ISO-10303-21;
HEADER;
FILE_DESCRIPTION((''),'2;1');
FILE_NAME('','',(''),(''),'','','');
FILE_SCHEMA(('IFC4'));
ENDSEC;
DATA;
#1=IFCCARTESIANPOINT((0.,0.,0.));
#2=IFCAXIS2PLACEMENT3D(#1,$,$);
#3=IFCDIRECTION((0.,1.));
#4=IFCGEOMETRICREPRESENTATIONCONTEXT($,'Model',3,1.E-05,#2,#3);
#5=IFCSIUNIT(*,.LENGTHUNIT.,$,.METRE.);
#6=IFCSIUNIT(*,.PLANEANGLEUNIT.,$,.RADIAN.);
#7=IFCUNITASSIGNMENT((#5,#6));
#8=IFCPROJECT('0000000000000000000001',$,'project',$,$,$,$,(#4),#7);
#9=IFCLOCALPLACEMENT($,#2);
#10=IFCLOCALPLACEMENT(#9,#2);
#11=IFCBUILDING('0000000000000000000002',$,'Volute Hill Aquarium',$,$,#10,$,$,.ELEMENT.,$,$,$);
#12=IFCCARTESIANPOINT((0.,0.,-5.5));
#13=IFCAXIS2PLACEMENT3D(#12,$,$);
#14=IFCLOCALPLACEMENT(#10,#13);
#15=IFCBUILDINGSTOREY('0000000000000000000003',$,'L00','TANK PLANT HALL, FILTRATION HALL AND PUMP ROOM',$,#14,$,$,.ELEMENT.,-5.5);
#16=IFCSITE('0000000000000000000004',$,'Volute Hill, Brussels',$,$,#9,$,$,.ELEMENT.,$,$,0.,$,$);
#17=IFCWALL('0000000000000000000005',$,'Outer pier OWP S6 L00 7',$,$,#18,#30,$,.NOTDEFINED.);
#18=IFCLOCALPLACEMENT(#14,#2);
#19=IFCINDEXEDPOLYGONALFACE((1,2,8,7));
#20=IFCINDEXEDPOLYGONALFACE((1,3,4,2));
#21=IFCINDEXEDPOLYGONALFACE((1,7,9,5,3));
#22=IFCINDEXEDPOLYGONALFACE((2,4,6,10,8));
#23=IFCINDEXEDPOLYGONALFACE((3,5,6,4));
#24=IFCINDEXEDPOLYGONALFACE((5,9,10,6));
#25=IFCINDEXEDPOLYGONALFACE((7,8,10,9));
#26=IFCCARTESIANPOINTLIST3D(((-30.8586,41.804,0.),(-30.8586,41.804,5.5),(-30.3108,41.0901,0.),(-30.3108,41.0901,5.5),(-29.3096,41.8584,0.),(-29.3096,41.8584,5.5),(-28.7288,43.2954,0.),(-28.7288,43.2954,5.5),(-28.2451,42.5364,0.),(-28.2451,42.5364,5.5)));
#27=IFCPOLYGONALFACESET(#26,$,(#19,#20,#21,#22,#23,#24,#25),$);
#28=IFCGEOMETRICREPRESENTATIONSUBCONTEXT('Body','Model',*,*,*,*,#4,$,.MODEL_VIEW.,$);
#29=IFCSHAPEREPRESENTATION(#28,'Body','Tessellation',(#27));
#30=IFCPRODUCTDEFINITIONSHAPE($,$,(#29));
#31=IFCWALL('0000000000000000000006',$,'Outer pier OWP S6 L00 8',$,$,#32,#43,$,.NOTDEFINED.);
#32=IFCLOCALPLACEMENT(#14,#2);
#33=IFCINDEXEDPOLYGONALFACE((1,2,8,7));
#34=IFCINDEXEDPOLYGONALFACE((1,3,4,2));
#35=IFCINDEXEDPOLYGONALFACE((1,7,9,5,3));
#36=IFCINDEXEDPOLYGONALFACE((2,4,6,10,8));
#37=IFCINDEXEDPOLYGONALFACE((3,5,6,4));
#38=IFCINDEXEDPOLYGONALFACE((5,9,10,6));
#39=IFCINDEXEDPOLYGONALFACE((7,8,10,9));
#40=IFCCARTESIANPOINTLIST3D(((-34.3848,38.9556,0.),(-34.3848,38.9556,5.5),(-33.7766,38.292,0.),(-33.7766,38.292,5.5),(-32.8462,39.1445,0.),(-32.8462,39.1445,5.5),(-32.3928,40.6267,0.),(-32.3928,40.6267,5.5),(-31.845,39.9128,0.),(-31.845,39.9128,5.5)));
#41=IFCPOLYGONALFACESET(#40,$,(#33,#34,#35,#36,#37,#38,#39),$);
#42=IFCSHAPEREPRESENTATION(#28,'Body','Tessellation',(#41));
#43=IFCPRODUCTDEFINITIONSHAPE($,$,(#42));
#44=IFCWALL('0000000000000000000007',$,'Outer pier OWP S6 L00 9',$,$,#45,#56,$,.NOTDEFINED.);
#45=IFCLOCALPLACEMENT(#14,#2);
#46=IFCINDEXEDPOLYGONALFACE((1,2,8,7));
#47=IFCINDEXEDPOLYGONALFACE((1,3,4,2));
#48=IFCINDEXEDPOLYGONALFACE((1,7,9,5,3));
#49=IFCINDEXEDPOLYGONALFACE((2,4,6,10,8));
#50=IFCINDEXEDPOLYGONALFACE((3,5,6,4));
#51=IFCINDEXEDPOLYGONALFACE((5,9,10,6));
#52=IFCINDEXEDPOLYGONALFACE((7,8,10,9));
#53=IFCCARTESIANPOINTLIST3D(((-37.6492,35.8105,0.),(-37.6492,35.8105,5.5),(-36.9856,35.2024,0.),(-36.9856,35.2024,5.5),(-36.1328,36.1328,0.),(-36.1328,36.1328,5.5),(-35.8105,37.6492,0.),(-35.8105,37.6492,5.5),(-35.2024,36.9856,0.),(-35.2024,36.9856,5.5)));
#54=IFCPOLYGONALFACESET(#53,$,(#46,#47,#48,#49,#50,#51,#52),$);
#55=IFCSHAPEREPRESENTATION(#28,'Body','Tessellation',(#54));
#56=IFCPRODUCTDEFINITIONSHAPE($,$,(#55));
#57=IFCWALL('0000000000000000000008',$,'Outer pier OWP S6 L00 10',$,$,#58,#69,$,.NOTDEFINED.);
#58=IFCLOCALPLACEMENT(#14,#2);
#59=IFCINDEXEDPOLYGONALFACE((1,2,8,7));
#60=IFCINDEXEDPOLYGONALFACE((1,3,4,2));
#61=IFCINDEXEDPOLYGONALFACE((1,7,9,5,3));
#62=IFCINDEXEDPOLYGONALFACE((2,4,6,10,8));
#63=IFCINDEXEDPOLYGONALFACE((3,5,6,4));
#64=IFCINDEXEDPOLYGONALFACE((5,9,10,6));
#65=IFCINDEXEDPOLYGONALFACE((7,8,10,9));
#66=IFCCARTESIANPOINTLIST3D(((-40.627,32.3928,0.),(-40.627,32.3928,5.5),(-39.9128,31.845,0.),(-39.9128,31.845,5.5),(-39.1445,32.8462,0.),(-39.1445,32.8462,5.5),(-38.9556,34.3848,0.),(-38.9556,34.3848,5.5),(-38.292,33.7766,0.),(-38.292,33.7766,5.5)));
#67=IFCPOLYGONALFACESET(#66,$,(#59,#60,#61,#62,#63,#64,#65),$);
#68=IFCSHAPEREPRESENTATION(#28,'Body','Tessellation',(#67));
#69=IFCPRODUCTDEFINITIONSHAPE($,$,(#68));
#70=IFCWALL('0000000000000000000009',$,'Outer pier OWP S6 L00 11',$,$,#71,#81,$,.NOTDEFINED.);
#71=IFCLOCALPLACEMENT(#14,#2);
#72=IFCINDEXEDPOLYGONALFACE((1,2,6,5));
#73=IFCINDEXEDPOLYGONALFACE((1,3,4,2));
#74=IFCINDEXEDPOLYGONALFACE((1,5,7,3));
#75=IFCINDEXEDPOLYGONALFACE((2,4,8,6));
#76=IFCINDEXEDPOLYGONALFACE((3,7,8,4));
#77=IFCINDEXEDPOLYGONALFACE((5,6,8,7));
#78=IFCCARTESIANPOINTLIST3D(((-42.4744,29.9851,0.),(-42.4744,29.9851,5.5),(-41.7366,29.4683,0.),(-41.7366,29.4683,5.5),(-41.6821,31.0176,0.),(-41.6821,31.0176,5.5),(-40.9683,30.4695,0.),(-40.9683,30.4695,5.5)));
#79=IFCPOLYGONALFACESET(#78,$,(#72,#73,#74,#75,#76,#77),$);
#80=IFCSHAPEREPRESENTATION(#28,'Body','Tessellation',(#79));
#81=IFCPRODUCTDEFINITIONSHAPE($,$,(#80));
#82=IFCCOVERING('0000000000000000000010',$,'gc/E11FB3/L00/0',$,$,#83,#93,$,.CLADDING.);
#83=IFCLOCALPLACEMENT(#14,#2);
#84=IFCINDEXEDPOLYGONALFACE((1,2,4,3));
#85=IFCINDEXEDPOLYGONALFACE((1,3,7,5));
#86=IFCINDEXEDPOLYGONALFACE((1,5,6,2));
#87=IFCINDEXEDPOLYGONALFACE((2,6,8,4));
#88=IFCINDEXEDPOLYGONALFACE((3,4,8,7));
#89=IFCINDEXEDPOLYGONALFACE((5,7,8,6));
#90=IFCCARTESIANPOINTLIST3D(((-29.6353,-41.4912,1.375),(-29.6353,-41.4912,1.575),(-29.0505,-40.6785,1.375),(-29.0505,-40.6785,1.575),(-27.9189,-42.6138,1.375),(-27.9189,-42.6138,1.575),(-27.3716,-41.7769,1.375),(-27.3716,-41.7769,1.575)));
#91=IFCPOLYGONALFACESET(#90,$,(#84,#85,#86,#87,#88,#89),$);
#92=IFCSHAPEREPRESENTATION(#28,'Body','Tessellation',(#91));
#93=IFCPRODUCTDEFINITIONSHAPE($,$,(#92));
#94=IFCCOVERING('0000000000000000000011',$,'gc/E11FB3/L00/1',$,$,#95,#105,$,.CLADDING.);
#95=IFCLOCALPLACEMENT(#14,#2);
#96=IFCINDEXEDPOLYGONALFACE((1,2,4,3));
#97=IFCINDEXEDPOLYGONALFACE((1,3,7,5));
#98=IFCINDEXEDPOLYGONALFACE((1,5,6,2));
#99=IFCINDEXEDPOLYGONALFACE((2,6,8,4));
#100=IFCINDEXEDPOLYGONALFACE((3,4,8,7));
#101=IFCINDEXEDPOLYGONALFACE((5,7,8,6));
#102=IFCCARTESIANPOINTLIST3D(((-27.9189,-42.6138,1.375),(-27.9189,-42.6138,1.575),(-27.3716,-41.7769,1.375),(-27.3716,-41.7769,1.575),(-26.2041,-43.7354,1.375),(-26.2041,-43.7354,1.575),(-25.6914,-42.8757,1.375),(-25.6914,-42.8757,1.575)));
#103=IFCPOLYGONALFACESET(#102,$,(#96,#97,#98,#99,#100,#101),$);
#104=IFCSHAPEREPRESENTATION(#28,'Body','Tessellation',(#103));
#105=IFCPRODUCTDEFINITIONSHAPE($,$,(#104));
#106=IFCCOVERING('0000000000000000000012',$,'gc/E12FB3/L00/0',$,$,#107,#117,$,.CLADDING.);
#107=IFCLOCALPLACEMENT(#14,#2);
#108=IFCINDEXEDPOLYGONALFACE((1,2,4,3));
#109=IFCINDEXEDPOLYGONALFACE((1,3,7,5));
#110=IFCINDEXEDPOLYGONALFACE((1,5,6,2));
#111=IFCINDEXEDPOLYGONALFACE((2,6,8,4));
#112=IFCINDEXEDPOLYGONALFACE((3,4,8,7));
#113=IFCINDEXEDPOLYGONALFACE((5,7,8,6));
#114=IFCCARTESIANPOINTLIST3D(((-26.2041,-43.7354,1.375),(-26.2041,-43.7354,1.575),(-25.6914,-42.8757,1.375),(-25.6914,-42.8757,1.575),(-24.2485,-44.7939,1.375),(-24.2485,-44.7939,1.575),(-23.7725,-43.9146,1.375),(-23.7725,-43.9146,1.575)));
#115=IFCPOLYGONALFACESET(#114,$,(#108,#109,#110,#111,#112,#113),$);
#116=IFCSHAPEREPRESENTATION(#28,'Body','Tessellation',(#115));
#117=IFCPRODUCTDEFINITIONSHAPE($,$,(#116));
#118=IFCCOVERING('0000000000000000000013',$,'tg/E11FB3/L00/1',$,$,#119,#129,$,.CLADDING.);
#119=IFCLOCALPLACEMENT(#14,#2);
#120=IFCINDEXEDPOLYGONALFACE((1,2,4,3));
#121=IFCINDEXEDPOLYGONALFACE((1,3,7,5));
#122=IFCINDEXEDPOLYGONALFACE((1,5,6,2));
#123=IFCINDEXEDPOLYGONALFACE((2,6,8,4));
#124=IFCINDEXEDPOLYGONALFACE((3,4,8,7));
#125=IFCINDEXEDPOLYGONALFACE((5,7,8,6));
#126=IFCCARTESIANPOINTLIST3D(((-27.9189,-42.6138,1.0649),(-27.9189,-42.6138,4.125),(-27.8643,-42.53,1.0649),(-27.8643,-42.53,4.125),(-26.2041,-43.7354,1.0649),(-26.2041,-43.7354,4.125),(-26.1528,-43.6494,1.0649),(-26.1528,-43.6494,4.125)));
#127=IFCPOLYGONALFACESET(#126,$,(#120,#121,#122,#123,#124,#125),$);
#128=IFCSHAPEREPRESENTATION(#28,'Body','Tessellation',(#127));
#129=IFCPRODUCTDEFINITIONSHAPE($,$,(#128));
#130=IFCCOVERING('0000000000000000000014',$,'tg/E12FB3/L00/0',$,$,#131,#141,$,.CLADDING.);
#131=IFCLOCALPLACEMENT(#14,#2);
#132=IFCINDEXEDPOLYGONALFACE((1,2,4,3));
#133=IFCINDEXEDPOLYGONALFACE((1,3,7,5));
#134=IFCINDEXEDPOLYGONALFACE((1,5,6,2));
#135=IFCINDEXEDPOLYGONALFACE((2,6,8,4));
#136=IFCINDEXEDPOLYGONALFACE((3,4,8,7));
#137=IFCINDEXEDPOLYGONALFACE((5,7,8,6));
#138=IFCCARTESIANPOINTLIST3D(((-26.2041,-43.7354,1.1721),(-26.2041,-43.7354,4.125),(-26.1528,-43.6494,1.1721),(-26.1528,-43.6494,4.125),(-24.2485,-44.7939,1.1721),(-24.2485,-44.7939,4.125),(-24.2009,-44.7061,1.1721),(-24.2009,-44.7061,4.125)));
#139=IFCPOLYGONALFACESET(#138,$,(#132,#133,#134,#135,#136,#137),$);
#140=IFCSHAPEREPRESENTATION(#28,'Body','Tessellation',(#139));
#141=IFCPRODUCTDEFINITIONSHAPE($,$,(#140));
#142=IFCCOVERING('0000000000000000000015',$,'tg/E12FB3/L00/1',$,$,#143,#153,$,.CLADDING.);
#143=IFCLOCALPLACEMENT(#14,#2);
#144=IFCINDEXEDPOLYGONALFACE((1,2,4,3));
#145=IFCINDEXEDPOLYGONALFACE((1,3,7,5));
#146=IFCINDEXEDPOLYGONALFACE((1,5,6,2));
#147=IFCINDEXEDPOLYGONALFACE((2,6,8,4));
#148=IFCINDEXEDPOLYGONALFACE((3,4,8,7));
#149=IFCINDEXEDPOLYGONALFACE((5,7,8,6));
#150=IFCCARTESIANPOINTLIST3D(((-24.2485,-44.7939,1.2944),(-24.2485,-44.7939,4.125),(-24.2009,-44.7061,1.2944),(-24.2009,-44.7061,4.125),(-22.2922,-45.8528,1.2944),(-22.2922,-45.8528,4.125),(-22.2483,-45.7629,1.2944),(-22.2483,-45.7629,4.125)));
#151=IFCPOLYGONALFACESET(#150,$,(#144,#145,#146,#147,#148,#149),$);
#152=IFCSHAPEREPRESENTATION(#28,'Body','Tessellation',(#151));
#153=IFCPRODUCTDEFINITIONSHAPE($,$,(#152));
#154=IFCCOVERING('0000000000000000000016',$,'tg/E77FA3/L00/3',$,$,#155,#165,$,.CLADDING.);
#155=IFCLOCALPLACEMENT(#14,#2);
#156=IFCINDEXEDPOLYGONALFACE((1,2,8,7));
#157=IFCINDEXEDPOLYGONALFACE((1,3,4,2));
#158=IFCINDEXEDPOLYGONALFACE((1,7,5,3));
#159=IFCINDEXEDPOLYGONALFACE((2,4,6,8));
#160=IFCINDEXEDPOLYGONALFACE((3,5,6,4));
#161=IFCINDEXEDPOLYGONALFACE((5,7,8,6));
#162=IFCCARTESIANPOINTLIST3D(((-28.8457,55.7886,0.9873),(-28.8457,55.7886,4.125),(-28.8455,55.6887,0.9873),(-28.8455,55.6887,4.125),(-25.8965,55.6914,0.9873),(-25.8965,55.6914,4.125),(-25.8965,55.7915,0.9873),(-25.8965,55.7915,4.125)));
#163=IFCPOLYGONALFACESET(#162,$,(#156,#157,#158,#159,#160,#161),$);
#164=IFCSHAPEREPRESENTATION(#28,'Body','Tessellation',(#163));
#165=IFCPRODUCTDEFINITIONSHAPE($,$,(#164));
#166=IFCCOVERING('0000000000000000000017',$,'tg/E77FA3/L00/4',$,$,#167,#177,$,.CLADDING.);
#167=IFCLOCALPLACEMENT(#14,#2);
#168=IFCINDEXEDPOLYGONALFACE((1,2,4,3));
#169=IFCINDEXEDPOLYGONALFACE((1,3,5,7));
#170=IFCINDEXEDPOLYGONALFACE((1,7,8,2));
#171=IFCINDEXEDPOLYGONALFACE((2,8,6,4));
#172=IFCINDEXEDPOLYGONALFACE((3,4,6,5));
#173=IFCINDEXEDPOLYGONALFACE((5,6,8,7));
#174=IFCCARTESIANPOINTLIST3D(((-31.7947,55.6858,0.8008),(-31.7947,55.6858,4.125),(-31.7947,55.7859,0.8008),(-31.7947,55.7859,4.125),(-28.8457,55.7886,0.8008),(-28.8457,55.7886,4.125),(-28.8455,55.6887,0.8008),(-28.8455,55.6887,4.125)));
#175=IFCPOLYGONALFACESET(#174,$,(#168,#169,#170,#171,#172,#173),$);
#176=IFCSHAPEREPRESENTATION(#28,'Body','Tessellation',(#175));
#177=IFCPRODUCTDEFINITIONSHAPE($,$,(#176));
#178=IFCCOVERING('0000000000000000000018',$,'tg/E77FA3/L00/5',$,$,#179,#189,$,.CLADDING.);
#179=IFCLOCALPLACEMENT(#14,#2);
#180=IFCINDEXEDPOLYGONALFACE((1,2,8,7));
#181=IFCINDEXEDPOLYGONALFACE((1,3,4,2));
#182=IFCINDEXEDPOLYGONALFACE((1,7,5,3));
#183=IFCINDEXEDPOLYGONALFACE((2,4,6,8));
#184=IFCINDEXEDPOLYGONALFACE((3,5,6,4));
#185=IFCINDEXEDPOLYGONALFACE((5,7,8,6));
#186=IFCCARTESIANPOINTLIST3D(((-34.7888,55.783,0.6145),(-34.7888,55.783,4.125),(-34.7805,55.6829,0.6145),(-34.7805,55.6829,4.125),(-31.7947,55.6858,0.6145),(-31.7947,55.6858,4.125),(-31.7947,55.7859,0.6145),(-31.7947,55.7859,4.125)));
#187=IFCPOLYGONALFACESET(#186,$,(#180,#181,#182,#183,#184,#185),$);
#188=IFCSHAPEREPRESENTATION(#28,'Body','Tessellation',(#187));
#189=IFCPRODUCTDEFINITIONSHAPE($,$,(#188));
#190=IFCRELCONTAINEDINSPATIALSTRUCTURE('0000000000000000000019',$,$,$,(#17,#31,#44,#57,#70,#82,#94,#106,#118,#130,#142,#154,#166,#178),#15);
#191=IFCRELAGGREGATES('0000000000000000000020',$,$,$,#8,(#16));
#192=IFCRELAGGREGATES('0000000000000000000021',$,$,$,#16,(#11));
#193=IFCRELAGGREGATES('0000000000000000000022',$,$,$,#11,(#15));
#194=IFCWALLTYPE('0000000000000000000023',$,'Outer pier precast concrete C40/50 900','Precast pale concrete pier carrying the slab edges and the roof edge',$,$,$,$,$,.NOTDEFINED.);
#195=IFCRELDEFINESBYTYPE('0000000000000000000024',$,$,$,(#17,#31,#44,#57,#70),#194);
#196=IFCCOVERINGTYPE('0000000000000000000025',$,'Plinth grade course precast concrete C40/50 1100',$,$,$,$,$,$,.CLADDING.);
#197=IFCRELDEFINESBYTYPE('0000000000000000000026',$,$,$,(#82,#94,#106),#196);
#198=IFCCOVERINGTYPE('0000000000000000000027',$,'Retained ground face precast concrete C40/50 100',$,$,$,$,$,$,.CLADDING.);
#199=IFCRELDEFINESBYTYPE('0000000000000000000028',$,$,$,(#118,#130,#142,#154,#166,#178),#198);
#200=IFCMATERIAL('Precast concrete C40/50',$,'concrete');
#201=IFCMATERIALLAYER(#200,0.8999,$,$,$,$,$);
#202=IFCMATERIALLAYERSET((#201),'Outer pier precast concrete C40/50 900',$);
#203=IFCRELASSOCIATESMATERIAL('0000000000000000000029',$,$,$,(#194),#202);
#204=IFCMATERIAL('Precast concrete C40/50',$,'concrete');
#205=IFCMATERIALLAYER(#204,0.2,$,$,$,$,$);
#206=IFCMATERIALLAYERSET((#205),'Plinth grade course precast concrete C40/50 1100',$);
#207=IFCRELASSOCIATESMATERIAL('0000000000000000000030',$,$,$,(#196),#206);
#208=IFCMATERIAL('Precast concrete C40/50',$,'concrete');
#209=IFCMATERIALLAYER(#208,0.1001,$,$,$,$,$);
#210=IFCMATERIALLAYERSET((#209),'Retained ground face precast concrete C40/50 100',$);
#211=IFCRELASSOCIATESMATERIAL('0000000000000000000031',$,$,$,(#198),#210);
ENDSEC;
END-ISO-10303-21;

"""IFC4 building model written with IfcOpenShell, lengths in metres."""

from ifc_helpers import new_model, si_unit, direction, frame, origin, place, context, subcontext, project, spatial, polyline, outline, extrude, material, layer, layer_set, type_object, element, save


model = new_model("IFC4")

# Units and contexts
model_context = context("Model", 3, precision=1e-05, world=origin(), true_north=direction((0.0, 1.0)))
body_context = subcontext(model_context, "Body", "Model", "MODEL_VIEW")
ifc_project = project(units=[si_unit("LENGTHUNIT", "METRE"), si_unit("PLANEANGLEUNIT", "RADIAN")], contexts=[model_context])

# Site, building, storey
site_placement = place(None, origin())
site = spatial("IfcSite", under=ifc_project, at=site_placement, Name="Volute Hill, Brussels", CompositionType="ELEMENT", RefElevation=0.0)
building_placement = place(site_placement, origin())
building = spatial("IfcBuilding", under=site, at=building_placement, Name="Volute Hill Aquarium", CompositionType="ELEMENT")
storey_placement = place(building_placement, frame((0.0, 0.0, -5.5)))
storey = spatial("IfcBuildingStorey", under=building, at=storey_placement, Name="L00", Description="TANK PLANT HALL, FILTRATION HALL AND PUMP ROOM", CompositionType="ELEMENT", Elevation=-5.5)

# Walls
ifc_material_1 = material(Name="Precast concrete C40/50", Category="concrete")
ifc_layer_1 = layer(ifc_material_1, 0.8999)
ifc_layer_set_1 = layer_set([ifc_layer_1], Name="Outer pier precast concrete C40/50 900")
wall_type = type_object("IfcWallType", Name="Outer pier precast concrete C40/50 900", Description="Precast pale concrete pier carrying the slab edges and the roof edge", PredefinedType="NOTDEFINED", material=ifc_layer_set_1)
wall_1_placement = place(storey_placement, origin())
element("IfcWall", 1, at=wall_1_placement, inside=storey, type_object=wall_type, Name="Outer pier OWP S6 L00 7", PredefinedType="NOTDEFINED", context=body_context, shape_type="SweptSolid", body=[
    extrude(outline(polyline([(-28.2451, 42.5364), (-28.7288, 43.2954), (-30.8586, 41.804), (-30.3108, 41.0901), (-29.3096, 41.8584), (-28.2451, 42.5364)])), origin(), (0.0, 0.0, 1.0), 5.5),
])
wall_2_placement = place(storey_placement, origin())
element("IfcWall", 2, at=wall_2_placement, inside=storey, type_object=wall_type, Name="Outer pier OWP S6 L00 8", PredefinedType="NOTDEFINED", context=body_context, shape_type="SweptSolid", body=[
    extrude(outline(polyline([(-31.845, 39.9128), (-32.3928, 40.6267), (-34.3848, 38.9556), (-33.7766, 38.292), (-32.8462, 39.1445), (-31.845, 39.9128)])), origin(), (0.0, 0.0, 1.0), 5.5),
])
wall_3_placement = place(storey_placement, origin())
element("IfcWall", 3, at=wall_3_placement, inside=storey, type_object=wall_type, Name="Outer pier OWP S6 L00 9", PredefinedType="NOTDEFINED", context=body_context, shape_type="SweptSolid", body=[
    extrude(outline(polyline([(-35.2024, 36.9856), (-35.8105, 37.6492), (-37.6492, 35.8105), (-36.9856, 35.2024), (-36.1328, 36.1328), (-35.2024, 36.9856)])), origin(), (0.0, 0.0, 1.0), 5.5),
])
wall_4_placement = place(storey_placement, origin())
element("IfcWall", 4, at=wall_4_placement, inside=storey, type_object=wall_type, Name="Outer pier OWP S6 L00 10", PredefinedType="NOTDEFINED", context=body_context, shape_type="SweptSolid", body=[
    extrude(outline(polyline([(-38.292, 33.7766), (-38.9556, 34.3848), (-40.627, 32.3928), (-39.9128, 31.845), (-39.1445, 32.8462), (-38.292, 33.7766)])), origin(), (0.0, 0.0, 1.0), 5.5),
])
wall_5_placement = place(storey_placement, origin())
element("IfcWall", 5, at=wall_5_placement, inside=storey, type_object=wall_type, Name="Outer pier OWP S6 L00 11", PredefinedType="NOTDEFINED", context=body_context, shape_type="SweptSolid", body=[
    extrude(outline(polyline([(-40.9683, 30.4695), (-41.6821, 31.0176), (-42.4744, 29.9851), (-41.7366, 29.4683), (-40.9683, 30.4695)])), origin(), (0.0, 0.0, 1.0), 5.5),
])

# Coverings
ifc_material_2 = material(Name="Precast concrete C40/50", Category="concrete")
ifc_layer_2 = layer(ifc_material_2, 0.2)
ifc_layer_set_2 = layer_set([ifc_layer_2], Name="Plinth grade course precast concrete C40/50 1100")
covering_type_1 = type_object("IfcCoveringType", Name="Plinth grade course precast concrete C40/50 1100", PredefinedType="CLADDING", material=ifc_layer_set_2)
covering_1_placement = place(storey_placement, frame((0.0, 0.0, 1.375)))
element("IfcCovering", 6, at=covering_1_placement, inside=storey, type_object=covering_type_1, Name="gc/E11FB3/L00/0", PredefinedType="CLADDING", context=body_context, shape_type="SweptSolid", body=[
    extrude(outline(polyline([(-29.6353, -41.4912), (-27.9189, -42.6138), (-27.3716, -41.7769), (-29.0505, -40.6785), (-29.6353, -41.4912)])), origin(), (0.0, 0.0, 1.0), 0.2),
])
covering_2_placement = place(storey_placement, frame((0.0, 0.0, 1.375)))
element("IfcCovering", 7, at=covering_2_placement, inside=storey, type_object=covering_type_1, Name="gc/E11FB3/L00/1", PredefinedType="CLADDING", context=body_context, shape_type="SweptSolid", body=[
    extrude(outline(polyline([(-27.9189, -42.6138), (-26.2041, -43.7354), (-25.6914, -42.8757), (-27.3716, -41.7769), (-27.9189, -42.6138)])), origin(), (0.0, 0.0, 1.0), 0.2),
])
covering_3_placement = place(storey_placement, frame((0.0, 0.0, 1.375)))
element("IfcCovering", 8, at=covering_3_placement, inside=storey, type_object=covering_type_1, Name="gc/E12FB3/L00/0", PredefinedType="CLADDING", context=body_context, shape_type="SweptSolid", body=[
    extrude(outline(polyline([(-26.2041, -43.7354), (-24.2485, -44.7939), (-23.7725, -43.9146), (-25.6914, -42.8757), (-25.6914, -42.8757), (-26.2041, -43.7354), (-26.2041, -43.7354)])), origin(), (0.0, 0.0, 1.0), 0.2),
])
ifc_material_3 = material(Name="Precast concrete C40/50", Category="concrete")
ifc_layer_3 = layer(ifc_material_3, 0.1001)
ifc_layer_set_3 = layer_set([ifc_layer_3], Name="Retained ground face precast concrete C40/50 100")
covering_type_2 = type_object("IfcCoveringType", Name="Retained ground face precast concrete C40/50 100", PredefinedType="CLADDING", material=ifc_layer_set_3)
covering_4_placement = place(storey_placement, frame((0.0, 0.0, 1.0649)))
element("IfcCovering", 9, at=covering_4_placement, inside=storey, type_object=covering_type_2, Name="tg/E11FB3/L00/1", PredefinedType="CLADDING", context=body_context, shape_type="SweptSolid", body=[
    extrude(outline(polyline([(-27.9189, -42.6138), (-26.2041, -43.7354), (-26.1528, -43.6494), (-26.1528, -43.6494), (-27.8643, -42.53), (-27.9189, -42.6138)])), origin(), (0.0, 0.0, 1.0), 3.0601),
])
covering_5_placement = place(storey_placement, frame((0.0, 0.0, 1.1721)))
element("IfcCovering", 10, at=covering_5_placement, inside=storey, type_object=covering_type_2, Name="tg/E12FB3/L00/0", PredefinedType="CLADDING", context=body_context, shape_type="SweptSolid", body=[
    extrude(outline(polyline([(-26.2041, -43.7354), (-24.2485, -44.7939), (-24.2009, -44.7061), (-26.1528, -43.6494), (-26.2041, -43.7354), (-26.2041, -43.7354)])), origin(), (0.0, 0.0, 1.0), 2.9529),
])
covering_6_placement = place(storey_placement, frame((0.0, 0.0, 1.2944)))
element("IfcCovering", 11, at=covering_6_placement, inside=storey, type_object=covering_type_2, Name="tg/E12FB3/L00/1", PredefinedType="CLADDING", context=body_context, shape_type="SweptSolid", body=[
    extrude(outline(polyline([(-22.2922, -45.8528), (-22.2922, -45.8528), (-22.2483, -45.7629), (-22.2483, -45.7629), (-24.2009, -44.7061), (-24.2485, -44.7939), (-22.2922, -45.8528)])), origin(), (0.0, 0.0, 1.0), 2.8306),
])
covering_7_placement = place(storey_placement, frame((0.0, 0.0, 0.9873)))
element("IfcCovering", 12, at=covering_7_placement, inside=storey, type_object=covering_type_2, Name="tg/E77FA3/L00/3", PredefinedType="CLADDING", context=body_context, shape_type="SweptSolid", body=[
    extrude(outline(polyline([(-25.8965, 55.7915), (-28.8457, 55.7886), (-28.8455, 55.6887), (-25.8965, 55.6914), (-25.8965, 55.7915)])), origin(), (0.0, 0.0, 1.0), 3.1377),
])
covering_8_placement = place(storey_placement, frame((0.0, 0.0, 0.8008)))
element("IfcCovering", 13, at=covering_8_placement, inside=storey, type_object=covering_type_2, Name="tg/E77FA3/L00/4", PredefinedType="CLADDING", context=body_context, shape_type="SweptSolid", body=[
    extrude(outline(polyline([(-28.8457, 55.7886), (-31.7947, 55.7859), (-31.7947, 55.6858), (-28.8455, 55.6887), (-28.8457, 55.7886)])), origin(), (0.0, 0.0, 1.0), 3.3242),
])
covering_9_placement = place(storey_placement, frame((0.0, 0.0, 0.6145)))
element("IfcCovering", 14, at=covering_9_placement, inside=storey, type_object=covering_type_2, Name="tg/E77FA3/L00/5", PredefinedType="CLADDING", context=body_context, shape_type="SweptSolid", body=[
    extrude(outline(polyline([(-34.7888, 55.783), (-34.7888, 55.783), (-34.7805, 55.6829), (-34.7805, 55.6829), (-31.7947, 55.6858), (-31.7947, 55.7859), (-34.7888, 55.783)])), origin(), (0.0, 0.0, 1.0), 3.5105),
])

save(model, "model.ifc")
